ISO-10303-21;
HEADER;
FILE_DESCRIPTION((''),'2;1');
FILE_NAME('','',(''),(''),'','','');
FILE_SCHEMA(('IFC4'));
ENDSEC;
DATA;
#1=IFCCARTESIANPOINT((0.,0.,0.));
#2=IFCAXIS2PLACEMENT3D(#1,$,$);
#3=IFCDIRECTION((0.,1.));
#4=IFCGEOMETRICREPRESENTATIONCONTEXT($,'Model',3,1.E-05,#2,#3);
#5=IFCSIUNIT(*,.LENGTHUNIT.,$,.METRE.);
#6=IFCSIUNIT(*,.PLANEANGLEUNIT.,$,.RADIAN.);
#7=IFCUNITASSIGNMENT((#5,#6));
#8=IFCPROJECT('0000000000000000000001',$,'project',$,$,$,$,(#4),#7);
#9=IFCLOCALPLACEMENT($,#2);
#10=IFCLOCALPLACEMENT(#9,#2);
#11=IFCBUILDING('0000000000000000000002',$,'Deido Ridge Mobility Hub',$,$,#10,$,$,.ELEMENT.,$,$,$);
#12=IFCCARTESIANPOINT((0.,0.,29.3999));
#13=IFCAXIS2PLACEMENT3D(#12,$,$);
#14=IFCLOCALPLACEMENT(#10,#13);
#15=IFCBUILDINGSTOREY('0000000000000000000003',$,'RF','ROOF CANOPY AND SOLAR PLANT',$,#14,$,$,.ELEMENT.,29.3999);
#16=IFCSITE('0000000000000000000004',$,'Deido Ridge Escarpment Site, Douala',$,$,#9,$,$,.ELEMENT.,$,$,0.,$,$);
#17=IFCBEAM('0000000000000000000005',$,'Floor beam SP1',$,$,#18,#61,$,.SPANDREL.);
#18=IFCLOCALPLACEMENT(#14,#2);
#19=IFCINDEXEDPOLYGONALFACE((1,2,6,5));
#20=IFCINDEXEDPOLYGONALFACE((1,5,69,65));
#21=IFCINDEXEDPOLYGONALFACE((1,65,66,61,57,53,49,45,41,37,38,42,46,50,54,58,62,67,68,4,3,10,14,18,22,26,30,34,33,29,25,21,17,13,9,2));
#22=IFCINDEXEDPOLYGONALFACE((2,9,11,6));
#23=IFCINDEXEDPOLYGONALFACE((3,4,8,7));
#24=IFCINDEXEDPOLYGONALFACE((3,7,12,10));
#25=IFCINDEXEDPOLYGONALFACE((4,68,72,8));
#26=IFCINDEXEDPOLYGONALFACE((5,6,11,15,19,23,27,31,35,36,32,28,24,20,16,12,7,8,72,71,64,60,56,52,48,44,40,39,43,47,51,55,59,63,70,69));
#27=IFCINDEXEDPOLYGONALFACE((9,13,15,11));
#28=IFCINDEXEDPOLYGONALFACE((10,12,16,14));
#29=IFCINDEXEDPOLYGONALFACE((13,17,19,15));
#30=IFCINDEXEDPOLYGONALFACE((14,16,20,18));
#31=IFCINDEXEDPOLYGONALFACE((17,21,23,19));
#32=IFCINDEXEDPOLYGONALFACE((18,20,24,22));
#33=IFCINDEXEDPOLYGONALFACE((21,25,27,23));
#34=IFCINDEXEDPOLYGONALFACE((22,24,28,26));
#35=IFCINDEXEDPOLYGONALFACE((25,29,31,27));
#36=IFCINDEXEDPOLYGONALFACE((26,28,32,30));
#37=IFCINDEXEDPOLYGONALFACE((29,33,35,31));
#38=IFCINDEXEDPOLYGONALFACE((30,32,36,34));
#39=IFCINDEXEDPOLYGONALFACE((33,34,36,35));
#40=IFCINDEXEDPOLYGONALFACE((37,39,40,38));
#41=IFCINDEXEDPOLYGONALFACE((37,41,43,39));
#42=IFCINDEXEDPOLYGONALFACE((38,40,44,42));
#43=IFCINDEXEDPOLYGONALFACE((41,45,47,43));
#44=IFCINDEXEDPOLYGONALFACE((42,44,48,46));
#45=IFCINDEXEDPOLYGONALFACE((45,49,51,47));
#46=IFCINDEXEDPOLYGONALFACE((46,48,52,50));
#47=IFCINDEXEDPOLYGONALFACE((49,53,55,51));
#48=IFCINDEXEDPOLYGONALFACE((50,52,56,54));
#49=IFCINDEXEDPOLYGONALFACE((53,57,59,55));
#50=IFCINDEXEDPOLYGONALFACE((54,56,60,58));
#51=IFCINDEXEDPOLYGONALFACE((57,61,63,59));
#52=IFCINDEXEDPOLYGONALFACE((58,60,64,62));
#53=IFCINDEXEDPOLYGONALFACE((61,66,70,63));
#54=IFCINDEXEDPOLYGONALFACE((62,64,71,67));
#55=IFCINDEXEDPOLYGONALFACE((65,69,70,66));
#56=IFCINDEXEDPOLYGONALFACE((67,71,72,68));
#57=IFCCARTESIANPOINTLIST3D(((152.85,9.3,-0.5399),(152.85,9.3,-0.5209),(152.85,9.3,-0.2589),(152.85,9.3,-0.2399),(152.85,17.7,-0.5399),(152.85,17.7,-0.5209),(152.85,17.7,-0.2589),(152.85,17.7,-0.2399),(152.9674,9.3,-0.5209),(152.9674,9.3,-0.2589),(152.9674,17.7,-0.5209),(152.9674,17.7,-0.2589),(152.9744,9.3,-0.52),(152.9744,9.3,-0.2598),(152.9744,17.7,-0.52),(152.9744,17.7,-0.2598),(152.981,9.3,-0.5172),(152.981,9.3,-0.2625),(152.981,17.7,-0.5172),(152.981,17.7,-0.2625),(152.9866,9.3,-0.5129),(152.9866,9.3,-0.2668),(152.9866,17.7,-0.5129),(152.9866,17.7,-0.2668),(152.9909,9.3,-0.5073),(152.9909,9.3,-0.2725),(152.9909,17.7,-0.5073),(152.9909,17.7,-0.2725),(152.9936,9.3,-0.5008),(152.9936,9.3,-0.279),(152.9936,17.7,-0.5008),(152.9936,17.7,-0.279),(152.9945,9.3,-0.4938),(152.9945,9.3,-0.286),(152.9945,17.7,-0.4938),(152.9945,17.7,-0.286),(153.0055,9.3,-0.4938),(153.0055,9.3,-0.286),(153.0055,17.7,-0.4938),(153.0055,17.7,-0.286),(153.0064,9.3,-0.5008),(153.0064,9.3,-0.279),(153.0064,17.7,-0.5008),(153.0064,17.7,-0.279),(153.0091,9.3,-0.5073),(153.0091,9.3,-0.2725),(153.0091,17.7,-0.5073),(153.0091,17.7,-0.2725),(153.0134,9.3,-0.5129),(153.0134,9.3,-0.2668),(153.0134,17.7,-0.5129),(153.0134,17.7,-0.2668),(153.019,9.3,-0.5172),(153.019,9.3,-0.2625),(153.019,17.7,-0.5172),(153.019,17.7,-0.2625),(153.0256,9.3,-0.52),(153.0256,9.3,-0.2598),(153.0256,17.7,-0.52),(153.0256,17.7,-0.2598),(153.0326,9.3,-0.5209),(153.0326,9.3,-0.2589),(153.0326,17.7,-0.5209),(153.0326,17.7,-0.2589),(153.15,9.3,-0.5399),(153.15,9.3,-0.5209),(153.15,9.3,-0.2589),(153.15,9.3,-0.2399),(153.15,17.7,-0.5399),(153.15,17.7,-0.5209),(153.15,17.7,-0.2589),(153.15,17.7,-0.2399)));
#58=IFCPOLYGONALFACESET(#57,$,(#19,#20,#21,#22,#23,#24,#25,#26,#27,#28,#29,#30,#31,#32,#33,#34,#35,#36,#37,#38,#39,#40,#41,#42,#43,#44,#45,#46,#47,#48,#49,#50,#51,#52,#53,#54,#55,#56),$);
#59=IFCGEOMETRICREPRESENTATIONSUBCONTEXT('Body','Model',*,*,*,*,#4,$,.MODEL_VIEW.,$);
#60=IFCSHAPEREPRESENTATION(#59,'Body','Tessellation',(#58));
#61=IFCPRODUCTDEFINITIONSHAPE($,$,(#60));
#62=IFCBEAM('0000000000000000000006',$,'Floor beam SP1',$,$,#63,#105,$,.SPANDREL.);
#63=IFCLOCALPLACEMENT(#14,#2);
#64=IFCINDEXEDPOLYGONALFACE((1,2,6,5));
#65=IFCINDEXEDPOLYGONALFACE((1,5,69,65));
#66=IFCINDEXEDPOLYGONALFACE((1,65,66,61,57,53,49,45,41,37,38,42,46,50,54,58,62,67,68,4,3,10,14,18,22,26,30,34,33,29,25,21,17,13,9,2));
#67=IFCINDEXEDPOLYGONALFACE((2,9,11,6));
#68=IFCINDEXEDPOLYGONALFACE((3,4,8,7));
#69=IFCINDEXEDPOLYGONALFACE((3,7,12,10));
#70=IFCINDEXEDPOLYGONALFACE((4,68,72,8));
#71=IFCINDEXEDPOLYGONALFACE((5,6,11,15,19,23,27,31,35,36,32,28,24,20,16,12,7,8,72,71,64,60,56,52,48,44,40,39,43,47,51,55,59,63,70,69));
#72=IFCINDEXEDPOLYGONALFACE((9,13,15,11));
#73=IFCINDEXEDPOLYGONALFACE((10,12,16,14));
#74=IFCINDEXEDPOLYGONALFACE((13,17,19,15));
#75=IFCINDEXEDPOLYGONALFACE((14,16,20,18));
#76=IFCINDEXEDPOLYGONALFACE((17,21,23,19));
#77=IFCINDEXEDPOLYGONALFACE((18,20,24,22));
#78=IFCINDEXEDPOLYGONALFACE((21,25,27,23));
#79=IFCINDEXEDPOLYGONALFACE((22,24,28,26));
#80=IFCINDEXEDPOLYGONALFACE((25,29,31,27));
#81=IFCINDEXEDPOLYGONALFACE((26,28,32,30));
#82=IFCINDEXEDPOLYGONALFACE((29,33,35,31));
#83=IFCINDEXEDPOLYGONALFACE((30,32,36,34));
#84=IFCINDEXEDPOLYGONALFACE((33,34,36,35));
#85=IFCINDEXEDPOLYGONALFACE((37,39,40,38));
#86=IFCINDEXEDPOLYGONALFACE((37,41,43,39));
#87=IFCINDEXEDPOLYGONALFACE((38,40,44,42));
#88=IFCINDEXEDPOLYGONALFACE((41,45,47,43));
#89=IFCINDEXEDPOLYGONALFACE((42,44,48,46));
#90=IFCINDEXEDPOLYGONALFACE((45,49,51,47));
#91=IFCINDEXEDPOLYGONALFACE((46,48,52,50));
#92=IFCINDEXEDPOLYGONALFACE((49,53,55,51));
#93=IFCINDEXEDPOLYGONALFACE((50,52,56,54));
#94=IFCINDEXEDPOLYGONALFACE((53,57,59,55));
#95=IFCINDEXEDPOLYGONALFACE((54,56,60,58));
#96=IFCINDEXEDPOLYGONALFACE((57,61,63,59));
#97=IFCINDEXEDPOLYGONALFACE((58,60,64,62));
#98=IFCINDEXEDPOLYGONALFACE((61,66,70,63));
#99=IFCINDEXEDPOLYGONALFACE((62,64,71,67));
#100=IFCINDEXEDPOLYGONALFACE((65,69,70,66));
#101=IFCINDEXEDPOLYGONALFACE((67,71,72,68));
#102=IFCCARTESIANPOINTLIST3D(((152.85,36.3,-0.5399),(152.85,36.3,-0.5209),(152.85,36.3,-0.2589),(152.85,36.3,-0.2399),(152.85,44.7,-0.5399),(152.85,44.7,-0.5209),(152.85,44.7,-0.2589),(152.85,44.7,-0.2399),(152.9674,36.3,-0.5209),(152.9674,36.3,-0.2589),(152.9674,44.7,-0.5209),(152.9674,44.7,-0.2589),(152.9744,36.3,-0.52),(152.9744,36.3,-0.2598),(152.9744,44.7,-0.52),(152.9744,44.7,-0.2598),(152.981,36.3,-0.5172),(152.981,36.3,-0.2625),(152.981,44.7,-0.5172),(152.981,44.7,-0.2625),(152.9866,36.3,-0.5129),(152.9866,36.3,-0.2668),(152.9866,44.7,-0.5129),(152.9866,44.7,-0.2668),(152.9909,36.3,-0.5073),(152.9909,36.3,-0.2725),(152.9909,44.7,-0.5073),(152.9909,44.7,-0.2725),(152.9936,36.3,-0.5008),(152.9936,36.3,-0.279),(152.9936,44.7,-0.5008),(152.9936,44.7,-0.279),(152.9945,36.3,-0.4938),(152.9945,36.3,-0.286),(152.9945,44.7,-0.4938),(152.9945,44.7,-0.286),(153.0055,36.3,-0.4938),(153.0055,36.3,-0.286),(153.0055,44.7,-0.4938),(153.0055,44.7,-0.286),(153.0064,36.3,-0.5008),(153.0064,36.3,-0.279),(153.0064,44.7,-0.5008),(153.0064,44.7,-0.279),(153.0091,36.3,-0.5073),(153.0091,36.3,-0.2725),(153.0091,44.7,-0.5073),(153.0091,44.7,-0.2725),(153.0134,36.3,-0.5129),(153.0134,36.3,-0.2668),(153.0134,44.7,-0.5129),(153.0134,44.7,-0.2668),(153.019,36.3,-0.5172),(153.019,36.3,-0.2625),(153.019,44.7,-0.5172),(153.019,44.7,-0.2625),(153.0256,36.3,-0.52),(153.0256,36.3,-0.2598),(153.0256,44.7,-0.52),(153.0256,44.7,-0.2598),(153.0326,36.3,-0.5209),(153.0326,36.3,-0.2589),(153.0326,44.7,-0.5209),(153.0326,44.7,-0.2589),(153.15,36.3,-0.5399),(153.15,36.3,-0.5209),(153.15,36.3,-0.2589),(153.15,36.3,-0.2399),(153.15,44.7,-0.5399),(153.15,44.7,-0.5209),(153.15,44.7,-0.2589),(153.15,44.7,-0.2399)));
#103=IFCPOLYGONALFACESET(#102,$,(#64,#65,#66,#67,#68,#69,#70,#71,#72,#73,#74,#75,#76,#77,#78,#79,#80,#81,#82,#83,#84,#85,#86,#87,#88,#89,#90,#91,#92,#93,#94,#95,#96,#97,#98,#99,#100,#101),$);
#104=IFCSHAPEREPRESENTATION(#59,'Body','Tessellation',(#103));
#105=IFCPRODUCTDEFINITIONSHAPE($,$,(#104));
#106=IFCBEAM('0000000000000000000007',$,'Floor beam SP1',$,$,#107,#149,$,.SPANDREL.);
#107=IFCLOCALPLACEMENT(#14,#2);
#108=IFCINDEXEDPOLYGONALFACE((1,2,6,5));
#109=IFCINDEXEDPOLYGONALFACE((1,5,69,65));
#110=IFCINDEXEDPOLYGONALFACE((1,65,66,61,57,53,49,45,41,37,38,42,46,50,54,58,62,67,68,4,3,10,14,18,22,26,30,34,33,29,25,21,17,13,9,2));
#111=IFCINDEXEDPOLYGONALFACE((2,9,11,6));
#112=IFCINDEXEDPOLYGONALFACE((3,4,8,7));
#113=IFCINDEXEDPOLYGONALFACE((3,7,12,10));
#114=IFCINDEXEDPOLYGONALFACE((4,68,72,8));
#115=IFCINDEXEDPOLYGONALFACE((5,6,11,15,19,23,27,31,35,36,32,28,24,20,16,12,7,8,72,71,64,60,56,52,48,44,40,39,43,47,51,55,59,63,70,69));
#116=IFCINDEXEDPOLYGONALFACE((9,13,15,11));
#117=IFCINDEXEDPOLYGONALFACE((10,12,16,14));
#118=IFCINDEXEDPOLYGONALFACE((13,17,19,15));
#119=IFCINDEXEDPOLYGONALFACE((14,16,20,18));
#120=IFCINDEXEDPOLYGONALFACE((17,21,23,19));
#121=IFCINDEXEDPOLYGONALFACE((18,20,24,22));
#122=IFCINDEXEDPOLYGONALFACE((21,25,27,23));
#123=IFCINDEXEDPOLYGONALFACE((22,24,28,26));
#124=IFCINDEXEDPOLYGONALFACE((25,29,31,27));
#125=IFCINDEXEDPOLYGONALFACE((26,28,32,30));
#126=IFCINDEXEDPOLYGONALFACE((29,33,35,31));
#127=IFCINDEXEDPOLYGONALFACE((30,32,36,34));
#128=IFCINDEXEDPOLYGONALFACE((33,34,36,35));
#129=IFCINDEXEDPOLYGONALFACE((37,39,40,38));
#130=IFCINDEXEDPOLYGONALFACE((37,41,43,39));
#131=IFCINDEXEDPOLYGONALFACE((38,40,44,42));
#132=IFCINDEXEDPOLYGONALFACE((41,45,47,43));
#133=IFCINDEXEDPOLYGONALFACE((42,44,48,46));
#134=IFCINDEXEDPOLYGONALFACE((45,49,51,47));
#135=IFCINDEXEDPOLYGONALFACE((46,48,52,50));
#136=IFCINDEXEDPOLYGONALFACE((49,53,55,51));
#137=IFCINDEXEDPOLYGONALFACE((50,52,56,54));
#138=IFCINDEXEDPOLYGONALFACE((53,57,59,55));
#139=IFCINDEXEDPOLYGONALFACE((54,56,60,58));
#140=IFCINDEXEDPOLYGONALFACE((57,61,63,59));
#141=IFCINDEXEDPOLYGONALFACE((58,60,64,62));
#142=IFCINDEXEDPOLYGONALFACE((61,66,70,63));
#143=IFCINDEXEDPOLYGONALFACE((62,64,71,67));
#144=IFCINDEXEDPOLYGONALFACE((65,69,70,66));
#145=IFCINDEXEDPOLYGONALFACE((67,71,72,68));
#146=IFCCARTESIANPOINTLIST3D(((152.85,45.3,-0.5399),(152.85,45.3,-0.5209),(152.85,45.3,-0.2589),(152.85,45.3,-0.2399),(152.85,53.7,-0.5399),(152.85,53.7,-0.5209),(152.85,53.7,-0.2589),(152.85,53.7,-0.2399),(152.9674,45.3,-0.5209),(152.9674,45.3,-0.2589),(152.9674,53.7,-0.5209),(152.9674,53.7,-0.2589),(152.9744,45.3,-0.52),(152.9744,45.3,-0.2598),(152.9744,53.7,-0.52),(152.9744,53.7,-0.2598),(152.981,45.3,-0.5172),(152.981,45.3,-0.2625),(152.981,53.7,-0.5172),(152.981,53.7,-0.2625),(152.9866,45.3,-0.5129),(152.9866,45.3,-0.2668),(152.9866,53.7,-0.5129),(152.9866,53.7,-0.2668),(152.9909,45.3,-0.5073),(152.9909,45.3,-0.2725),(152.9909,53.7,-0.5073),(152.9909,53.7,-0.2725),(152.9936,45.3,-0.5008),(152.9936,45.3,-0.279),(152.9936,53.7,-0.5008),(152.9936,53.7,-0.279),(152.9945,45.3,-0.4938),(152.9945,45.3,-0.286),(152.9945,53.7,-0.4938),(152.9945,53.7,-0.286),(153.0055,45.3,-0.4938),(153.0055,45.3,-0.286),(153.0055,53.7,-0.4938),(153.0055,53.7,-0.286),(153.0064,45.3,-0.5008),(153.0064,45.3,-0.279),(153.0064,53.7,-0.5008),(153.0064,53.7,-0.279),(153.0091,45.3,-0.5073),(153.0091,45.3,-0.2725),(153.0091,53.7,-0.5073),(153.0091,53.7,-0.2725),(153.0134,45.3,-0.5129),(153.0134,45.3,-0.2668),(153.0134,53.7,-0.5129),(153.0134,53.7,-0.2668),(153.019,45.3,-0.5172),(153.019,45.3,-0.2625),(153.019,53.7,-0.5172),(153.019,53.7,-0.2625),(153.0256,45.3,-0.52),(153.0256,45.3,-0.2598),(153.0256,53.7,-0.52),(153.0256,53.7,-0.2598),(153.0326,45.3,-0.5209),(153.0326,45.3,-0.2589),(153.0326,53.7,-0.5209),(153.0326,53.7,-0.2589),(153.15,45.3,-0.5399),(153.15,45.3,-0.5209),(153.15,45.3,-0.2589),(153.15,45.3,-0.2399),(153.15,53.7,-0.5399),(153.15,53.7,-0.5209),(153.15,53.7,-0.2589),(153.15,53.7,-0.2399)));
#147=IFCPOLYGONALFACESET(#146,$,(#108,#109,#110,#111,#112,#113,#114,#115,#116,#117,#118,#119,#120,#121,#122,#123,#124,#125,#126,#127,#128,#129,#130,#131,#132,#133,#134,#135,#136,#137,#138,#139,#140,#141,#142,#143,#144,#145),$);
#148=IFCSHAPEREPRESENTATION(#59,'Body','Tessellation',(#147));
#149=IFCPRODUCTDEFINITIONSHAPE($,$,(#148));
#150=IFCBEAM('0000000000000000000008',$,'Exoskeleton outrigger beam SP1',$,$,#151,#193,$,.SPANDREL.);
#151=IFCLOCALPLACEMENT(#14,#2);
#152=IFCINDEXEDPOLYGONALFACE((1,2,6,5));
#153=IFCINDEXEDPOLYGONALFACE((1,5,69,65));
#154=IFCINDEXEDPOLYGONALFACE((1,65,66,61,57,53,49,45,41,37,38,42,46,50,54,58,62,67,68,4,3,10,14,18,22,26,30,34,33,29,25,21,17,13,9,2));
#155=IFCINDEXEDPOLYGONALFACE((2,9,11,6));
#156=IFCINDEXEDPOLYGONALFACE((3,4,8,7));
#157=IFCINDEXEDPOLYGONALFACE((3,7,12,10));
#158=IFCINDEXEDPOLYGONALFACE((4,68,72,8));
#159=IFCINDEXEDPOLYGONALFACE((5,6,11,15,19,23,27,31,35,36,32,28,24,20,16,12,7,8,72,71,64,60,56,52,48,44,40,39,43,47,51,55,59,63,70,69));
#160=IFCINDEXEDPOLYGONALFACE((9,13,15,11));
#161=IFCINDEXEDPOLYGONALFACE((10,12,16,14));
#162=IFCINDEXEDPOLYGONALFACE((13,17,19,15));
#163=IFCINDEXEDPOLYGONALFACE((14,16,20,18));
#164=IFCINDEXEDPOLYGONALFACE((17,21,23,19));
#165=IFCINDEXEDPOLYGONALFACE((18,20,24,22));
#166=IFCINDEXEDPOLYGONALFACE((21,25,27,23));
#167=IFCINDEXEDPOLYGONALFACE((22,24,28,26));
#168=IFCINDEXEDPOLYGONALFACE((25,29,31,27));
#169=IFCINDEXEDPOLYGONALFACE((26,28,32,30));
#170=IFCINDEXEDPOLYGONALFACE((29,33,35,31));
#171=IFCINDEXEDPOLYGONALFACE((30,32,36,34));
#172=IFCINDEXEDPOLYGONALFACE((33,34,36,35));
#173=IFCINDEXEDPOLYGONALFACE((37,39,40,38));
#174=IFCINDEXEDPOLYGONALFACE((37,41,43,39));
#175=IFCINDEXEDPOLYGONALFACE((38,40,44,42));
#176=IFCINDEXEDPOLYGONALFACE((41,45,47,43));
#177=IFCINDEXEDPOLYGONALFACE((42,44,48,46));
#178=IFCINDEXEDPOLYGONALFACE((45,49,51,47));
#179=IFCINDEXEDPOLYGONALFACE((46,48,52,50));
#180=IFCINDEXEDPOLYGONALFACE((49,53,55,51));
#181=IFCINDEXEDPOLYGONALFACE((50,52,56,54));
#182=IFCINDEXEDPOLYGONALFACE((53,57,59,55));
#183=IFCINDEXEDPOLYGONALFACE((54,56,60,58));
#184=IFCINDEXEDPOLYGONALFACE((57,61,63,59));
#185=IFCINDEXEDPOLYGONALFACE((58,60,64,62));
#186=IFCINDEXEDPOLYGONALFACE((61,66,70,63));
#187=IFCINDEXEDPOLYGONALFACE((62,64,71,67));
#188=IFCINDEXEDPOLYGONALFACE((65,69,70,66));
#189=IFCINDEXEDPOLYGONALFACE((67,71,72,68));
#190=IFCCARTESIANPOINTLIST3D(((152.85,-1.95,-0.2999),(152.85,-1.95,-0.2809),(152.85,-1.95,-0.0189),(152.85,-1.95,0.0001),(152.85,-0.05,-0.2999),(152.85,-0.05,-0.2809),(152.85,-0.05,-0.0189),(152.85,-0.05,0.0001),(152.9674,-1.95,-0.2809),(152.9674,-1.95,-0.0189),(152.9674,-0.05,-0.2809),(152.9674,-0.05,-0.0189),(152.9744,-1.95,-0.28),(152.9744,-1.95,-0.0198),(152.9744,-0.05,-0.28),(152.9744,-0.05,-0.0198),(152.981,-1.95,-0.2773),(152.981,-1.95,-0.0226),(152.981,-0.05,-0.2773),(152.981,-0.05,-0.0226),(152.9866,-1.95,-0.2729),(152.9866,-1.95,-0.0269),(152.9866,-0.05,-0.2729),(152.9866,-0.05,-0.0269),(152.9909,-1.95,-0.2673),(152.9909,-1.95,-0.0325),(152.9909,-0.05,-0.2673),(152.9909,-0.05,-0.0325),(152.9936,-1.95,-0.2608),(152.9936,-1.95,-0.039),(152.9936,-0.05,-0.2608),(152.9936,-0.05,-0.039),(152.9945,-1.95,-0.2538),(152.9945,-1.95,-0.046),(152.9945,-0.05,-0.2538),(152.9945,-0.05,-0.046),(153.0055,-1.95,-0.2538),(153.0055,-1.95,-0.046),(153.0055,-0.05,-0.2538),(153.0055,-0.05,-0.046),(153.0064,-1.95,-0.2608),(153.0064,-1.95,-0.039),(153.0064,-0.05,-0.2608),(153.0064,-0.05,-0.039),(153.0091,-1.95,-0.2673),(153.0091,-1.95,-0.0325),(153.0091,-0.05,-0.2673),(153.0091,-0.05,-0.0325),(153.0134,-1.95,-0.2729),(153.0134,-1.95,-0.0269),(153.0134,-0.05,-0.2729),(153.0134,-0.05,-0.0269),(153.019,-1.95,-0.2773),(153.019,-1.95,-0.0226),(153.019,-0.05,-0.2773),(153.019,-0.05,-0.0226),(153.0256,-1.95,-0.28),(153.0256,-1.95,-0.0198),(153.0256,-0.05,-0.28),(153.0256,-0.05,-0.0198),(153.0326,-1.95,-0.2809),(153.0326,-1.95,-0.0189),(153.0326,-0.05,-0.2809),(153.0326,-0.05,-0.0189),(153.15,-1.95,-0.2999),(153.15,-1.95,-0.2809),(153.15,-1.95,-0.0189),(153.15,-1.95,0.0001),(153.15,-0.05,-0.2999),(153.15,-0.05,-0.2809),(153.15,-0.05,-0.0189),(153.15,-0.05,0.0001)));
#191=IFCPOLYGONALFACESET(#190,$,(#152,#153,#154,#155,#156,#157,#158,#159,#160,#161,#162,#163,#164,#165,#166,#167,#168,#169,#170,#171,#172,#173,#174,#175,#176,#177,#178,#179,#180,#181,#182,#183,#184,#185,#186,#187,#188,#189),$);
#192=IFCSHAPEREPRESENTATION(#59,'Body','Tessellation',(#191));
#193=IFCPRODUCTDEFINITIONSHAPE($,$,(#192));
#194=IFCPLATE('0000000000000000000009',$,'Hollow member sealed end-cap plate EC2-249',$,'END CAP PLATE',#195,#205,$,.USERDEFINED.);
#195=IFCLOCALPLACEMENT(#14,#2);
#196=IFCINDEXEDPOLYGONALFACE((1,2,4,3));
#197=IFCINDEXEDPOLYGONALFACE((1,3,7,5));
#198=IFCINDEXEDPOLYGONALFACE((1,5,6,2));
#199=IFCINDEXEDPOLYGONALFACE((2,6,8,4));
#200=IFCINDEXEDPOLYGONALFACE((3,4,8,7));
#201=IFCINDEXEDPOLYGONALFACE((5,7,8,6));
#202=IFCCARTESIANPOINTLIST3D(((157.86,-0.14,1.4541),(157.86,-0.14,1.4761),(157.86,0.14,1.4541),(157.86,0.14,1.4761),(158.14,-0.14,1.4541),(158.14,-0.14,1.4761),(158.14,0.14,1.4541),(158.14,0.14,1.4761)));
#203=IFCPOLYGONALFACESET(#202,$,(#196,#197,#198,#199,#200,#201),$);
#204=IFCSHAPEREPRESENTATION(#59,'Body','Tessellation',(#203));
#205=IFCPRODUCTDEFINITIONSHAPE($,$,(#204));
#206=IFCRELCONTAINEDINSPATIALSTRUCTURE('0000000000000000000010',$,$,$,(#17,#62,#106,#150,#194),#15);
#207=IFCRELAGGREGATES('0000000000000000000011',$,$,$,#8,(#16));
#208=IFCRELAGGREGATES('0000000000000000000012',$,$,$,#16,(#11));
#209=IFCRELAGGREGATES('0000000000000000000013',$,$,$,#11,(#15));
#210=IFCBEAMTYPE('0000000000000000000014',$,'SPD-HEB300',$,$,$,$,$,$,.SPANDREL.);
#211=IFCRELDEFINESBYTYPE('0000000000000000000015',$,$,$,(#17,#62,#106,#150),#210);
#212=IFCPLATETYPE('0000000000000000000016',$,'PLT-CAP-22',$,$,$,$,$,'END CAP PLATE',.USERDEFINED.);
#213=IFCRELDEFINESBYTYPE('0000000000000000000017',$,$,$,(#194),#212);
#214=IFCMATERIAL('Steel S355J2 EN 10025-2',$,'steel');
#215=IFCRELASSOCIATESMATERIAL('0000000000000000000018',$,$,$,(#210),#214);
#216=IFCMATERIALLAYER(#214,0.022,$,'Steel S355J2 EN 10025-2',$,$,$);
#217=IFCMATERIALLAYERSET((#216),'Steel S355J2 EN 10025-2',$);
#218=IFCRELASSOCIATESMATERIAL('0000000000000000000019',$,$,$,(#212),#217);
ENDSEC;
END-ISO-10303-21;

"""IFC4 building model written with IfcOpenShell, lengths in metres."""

from ifc_helpers import new_model, si_unit, direction, frame, origin, origin_2d, place, context, subcontext, project, spatial, rectangle, i_section, extrude, material, layer, layer_set, material_profile, profile_set, type_object, element, save


model = new_model("IFC4")

# Units and contexts
model_context = context("Model", 3, precision=1e-05, world=origin(), true_north=direction((0.0, 1.0)))
body_context = subcontext(model_context, "Body", "Model", "MODEL_VIEW")
ifc_project = project(units=[si_unit("LENGTHUNIT", "METRE"), si_unit("PLANEANGLEUNIT", "RADIAN")], contexts=[model_context])

# Site, building, storey
site_placement = place(None, origin())
site = spatial("IfcSite", under=ifc_project, at=site_placement, Name="Deido Ridge Escarpment Site, Douala", CompositionType="ELEMENT", RefElevation=0.0)
building_placement = place(site_placement, origin())
building = spatial("IfcBuilding", under=site, at=building_placement, Name="Deido Ridge Mobility Hub", CompositionType="ELEMENT")
storey_placement = place(building_placement, frame((0.0, 0.0, 29.3999)))
storey = spatial("IfcBuildingStorey", under=building, at=storey_placement, Name="RF", Description="ROOF CANOPY AND SOLAR PLANT", CompositionType="ELEMENT", Elevation=29.3999)

# Shared definitions
ifc_material_1 = material(Name="Steel S355J2 EN 10025-2", Category="steel")

# Beams
ifc_material_profile_1 = material_profile(ifc_material_1, i_section(OverallWidth=0.3, OverallDepth=0.3, WebThickness=0.011, FlangeThickness=0.019, FilletRadius=0.0271, at=origin_2d()), Name="HEB 300")
ifc_profile_set_1 = profile_set([ifc_material_profile_1], Name="Steel S355J2 EN 10025-2")
beam_type_1 = type_object("IfcBeamType", Name="SPD-HEB300", PredefinedType="SPANDREL", material=ifc_profile_set_1)
for number, where, z_axis, x_axis, name in (
    (1, (153.0, 9.3, -0.3899), (0.0, 1.0, 0.0), (-1.0, 0.0, 0.0), "Floor beam SP1"),
    (2, (153.0, 36.3, -0.3899), (0.0, 1.0, 0.0), (-1.0, 0.0, 0.0), "Floor beam SP1"),
    (3, (153.0, 45.3, -0.3899), (0.0, 1.0, 0.0), (-1.0, 0.0, 0.0), "Floor beam SP1"),
):
    element("IfcBeam", number, at=place(storey_placement, frame(where, z_axis=z_axis, x_axis=x_axis)), inside=storey, type_object=beam_type_1, Name=name, PredefinedType="SPANDREL", context=body_context, shape_type="SweptSolid", body=[
        extrude(i_section(OverallWidth=0.3, OverallDepth=0.3, WebThickness=0.011, FlangeThickness=0.019, FilletRadius=0.0271, at=origin_2d()), origin(), (0.0, 0.0, 1.0), 8.3999),
    ])
beam_1_placement = place(storey_placement, frame((153.0, -0.05, -0.1499), z_axis=(0.0, -1.0, 0.0), x_axis=(1.0, 0.0, 0.0)))
element("IfcBeam", 4, at=beam_1_placement, inside=storey, type_object=beam_type_1, Name="Exoskeleton outrigger beam SP1", PredefinedType="SPANDREL", context=body_context, shape_type="SweptSolid", body=[
    extrude(i_section(OverallWidth=0.3, OverallDepth=0.3, WebThickness=0.011, FlangeThickness=0.019, FilletRadius=0.0271, at=origin_2d()), origin(), (0.0, 0.0, 1.0), 1.8999),
])

# Plate
ifc_layer_1 = layer(ifc_material_1, 0.022, Name="Steel S355J2 EN 10025-2")
ifc_layer_set_1 = layer_set([ifc_layer_1], Name="Steel S355J2 EN 10025-2")
plate_type = type_object("IfcPlateType", Name="PLT-CAP-22", ElementType="END CAP PLATE", PredefinedType="USERDEFINED", material=ifc_layer_set_1)
for number, where, z_axis, x_axis, name in (
    (5, (158.0, 0.0, 1.4541), (0.0, 0.0, 1.0), (1.0, 0.0, 0.0), "Hollow member sealed end-cap plate EC2-249"),
):
    element("IfcPlate", number, at=place(storey_placement, frame(where, z_axis=z_axis, x_axis=x_axis)), inside=storey, type_object=plate_type, Name=name, ObjectType="END CAP PLATE", PredefinedType="USERDEFINED", context=body_context, shape_type="SweptSolid", body=[
        extrude(rectangle(XDim=0.28, YDim=0.28, at=origin_2d()), origin(), (0.0, 0.0, 1.0), 0.022),
    ])

save(model, "model.ifc")
